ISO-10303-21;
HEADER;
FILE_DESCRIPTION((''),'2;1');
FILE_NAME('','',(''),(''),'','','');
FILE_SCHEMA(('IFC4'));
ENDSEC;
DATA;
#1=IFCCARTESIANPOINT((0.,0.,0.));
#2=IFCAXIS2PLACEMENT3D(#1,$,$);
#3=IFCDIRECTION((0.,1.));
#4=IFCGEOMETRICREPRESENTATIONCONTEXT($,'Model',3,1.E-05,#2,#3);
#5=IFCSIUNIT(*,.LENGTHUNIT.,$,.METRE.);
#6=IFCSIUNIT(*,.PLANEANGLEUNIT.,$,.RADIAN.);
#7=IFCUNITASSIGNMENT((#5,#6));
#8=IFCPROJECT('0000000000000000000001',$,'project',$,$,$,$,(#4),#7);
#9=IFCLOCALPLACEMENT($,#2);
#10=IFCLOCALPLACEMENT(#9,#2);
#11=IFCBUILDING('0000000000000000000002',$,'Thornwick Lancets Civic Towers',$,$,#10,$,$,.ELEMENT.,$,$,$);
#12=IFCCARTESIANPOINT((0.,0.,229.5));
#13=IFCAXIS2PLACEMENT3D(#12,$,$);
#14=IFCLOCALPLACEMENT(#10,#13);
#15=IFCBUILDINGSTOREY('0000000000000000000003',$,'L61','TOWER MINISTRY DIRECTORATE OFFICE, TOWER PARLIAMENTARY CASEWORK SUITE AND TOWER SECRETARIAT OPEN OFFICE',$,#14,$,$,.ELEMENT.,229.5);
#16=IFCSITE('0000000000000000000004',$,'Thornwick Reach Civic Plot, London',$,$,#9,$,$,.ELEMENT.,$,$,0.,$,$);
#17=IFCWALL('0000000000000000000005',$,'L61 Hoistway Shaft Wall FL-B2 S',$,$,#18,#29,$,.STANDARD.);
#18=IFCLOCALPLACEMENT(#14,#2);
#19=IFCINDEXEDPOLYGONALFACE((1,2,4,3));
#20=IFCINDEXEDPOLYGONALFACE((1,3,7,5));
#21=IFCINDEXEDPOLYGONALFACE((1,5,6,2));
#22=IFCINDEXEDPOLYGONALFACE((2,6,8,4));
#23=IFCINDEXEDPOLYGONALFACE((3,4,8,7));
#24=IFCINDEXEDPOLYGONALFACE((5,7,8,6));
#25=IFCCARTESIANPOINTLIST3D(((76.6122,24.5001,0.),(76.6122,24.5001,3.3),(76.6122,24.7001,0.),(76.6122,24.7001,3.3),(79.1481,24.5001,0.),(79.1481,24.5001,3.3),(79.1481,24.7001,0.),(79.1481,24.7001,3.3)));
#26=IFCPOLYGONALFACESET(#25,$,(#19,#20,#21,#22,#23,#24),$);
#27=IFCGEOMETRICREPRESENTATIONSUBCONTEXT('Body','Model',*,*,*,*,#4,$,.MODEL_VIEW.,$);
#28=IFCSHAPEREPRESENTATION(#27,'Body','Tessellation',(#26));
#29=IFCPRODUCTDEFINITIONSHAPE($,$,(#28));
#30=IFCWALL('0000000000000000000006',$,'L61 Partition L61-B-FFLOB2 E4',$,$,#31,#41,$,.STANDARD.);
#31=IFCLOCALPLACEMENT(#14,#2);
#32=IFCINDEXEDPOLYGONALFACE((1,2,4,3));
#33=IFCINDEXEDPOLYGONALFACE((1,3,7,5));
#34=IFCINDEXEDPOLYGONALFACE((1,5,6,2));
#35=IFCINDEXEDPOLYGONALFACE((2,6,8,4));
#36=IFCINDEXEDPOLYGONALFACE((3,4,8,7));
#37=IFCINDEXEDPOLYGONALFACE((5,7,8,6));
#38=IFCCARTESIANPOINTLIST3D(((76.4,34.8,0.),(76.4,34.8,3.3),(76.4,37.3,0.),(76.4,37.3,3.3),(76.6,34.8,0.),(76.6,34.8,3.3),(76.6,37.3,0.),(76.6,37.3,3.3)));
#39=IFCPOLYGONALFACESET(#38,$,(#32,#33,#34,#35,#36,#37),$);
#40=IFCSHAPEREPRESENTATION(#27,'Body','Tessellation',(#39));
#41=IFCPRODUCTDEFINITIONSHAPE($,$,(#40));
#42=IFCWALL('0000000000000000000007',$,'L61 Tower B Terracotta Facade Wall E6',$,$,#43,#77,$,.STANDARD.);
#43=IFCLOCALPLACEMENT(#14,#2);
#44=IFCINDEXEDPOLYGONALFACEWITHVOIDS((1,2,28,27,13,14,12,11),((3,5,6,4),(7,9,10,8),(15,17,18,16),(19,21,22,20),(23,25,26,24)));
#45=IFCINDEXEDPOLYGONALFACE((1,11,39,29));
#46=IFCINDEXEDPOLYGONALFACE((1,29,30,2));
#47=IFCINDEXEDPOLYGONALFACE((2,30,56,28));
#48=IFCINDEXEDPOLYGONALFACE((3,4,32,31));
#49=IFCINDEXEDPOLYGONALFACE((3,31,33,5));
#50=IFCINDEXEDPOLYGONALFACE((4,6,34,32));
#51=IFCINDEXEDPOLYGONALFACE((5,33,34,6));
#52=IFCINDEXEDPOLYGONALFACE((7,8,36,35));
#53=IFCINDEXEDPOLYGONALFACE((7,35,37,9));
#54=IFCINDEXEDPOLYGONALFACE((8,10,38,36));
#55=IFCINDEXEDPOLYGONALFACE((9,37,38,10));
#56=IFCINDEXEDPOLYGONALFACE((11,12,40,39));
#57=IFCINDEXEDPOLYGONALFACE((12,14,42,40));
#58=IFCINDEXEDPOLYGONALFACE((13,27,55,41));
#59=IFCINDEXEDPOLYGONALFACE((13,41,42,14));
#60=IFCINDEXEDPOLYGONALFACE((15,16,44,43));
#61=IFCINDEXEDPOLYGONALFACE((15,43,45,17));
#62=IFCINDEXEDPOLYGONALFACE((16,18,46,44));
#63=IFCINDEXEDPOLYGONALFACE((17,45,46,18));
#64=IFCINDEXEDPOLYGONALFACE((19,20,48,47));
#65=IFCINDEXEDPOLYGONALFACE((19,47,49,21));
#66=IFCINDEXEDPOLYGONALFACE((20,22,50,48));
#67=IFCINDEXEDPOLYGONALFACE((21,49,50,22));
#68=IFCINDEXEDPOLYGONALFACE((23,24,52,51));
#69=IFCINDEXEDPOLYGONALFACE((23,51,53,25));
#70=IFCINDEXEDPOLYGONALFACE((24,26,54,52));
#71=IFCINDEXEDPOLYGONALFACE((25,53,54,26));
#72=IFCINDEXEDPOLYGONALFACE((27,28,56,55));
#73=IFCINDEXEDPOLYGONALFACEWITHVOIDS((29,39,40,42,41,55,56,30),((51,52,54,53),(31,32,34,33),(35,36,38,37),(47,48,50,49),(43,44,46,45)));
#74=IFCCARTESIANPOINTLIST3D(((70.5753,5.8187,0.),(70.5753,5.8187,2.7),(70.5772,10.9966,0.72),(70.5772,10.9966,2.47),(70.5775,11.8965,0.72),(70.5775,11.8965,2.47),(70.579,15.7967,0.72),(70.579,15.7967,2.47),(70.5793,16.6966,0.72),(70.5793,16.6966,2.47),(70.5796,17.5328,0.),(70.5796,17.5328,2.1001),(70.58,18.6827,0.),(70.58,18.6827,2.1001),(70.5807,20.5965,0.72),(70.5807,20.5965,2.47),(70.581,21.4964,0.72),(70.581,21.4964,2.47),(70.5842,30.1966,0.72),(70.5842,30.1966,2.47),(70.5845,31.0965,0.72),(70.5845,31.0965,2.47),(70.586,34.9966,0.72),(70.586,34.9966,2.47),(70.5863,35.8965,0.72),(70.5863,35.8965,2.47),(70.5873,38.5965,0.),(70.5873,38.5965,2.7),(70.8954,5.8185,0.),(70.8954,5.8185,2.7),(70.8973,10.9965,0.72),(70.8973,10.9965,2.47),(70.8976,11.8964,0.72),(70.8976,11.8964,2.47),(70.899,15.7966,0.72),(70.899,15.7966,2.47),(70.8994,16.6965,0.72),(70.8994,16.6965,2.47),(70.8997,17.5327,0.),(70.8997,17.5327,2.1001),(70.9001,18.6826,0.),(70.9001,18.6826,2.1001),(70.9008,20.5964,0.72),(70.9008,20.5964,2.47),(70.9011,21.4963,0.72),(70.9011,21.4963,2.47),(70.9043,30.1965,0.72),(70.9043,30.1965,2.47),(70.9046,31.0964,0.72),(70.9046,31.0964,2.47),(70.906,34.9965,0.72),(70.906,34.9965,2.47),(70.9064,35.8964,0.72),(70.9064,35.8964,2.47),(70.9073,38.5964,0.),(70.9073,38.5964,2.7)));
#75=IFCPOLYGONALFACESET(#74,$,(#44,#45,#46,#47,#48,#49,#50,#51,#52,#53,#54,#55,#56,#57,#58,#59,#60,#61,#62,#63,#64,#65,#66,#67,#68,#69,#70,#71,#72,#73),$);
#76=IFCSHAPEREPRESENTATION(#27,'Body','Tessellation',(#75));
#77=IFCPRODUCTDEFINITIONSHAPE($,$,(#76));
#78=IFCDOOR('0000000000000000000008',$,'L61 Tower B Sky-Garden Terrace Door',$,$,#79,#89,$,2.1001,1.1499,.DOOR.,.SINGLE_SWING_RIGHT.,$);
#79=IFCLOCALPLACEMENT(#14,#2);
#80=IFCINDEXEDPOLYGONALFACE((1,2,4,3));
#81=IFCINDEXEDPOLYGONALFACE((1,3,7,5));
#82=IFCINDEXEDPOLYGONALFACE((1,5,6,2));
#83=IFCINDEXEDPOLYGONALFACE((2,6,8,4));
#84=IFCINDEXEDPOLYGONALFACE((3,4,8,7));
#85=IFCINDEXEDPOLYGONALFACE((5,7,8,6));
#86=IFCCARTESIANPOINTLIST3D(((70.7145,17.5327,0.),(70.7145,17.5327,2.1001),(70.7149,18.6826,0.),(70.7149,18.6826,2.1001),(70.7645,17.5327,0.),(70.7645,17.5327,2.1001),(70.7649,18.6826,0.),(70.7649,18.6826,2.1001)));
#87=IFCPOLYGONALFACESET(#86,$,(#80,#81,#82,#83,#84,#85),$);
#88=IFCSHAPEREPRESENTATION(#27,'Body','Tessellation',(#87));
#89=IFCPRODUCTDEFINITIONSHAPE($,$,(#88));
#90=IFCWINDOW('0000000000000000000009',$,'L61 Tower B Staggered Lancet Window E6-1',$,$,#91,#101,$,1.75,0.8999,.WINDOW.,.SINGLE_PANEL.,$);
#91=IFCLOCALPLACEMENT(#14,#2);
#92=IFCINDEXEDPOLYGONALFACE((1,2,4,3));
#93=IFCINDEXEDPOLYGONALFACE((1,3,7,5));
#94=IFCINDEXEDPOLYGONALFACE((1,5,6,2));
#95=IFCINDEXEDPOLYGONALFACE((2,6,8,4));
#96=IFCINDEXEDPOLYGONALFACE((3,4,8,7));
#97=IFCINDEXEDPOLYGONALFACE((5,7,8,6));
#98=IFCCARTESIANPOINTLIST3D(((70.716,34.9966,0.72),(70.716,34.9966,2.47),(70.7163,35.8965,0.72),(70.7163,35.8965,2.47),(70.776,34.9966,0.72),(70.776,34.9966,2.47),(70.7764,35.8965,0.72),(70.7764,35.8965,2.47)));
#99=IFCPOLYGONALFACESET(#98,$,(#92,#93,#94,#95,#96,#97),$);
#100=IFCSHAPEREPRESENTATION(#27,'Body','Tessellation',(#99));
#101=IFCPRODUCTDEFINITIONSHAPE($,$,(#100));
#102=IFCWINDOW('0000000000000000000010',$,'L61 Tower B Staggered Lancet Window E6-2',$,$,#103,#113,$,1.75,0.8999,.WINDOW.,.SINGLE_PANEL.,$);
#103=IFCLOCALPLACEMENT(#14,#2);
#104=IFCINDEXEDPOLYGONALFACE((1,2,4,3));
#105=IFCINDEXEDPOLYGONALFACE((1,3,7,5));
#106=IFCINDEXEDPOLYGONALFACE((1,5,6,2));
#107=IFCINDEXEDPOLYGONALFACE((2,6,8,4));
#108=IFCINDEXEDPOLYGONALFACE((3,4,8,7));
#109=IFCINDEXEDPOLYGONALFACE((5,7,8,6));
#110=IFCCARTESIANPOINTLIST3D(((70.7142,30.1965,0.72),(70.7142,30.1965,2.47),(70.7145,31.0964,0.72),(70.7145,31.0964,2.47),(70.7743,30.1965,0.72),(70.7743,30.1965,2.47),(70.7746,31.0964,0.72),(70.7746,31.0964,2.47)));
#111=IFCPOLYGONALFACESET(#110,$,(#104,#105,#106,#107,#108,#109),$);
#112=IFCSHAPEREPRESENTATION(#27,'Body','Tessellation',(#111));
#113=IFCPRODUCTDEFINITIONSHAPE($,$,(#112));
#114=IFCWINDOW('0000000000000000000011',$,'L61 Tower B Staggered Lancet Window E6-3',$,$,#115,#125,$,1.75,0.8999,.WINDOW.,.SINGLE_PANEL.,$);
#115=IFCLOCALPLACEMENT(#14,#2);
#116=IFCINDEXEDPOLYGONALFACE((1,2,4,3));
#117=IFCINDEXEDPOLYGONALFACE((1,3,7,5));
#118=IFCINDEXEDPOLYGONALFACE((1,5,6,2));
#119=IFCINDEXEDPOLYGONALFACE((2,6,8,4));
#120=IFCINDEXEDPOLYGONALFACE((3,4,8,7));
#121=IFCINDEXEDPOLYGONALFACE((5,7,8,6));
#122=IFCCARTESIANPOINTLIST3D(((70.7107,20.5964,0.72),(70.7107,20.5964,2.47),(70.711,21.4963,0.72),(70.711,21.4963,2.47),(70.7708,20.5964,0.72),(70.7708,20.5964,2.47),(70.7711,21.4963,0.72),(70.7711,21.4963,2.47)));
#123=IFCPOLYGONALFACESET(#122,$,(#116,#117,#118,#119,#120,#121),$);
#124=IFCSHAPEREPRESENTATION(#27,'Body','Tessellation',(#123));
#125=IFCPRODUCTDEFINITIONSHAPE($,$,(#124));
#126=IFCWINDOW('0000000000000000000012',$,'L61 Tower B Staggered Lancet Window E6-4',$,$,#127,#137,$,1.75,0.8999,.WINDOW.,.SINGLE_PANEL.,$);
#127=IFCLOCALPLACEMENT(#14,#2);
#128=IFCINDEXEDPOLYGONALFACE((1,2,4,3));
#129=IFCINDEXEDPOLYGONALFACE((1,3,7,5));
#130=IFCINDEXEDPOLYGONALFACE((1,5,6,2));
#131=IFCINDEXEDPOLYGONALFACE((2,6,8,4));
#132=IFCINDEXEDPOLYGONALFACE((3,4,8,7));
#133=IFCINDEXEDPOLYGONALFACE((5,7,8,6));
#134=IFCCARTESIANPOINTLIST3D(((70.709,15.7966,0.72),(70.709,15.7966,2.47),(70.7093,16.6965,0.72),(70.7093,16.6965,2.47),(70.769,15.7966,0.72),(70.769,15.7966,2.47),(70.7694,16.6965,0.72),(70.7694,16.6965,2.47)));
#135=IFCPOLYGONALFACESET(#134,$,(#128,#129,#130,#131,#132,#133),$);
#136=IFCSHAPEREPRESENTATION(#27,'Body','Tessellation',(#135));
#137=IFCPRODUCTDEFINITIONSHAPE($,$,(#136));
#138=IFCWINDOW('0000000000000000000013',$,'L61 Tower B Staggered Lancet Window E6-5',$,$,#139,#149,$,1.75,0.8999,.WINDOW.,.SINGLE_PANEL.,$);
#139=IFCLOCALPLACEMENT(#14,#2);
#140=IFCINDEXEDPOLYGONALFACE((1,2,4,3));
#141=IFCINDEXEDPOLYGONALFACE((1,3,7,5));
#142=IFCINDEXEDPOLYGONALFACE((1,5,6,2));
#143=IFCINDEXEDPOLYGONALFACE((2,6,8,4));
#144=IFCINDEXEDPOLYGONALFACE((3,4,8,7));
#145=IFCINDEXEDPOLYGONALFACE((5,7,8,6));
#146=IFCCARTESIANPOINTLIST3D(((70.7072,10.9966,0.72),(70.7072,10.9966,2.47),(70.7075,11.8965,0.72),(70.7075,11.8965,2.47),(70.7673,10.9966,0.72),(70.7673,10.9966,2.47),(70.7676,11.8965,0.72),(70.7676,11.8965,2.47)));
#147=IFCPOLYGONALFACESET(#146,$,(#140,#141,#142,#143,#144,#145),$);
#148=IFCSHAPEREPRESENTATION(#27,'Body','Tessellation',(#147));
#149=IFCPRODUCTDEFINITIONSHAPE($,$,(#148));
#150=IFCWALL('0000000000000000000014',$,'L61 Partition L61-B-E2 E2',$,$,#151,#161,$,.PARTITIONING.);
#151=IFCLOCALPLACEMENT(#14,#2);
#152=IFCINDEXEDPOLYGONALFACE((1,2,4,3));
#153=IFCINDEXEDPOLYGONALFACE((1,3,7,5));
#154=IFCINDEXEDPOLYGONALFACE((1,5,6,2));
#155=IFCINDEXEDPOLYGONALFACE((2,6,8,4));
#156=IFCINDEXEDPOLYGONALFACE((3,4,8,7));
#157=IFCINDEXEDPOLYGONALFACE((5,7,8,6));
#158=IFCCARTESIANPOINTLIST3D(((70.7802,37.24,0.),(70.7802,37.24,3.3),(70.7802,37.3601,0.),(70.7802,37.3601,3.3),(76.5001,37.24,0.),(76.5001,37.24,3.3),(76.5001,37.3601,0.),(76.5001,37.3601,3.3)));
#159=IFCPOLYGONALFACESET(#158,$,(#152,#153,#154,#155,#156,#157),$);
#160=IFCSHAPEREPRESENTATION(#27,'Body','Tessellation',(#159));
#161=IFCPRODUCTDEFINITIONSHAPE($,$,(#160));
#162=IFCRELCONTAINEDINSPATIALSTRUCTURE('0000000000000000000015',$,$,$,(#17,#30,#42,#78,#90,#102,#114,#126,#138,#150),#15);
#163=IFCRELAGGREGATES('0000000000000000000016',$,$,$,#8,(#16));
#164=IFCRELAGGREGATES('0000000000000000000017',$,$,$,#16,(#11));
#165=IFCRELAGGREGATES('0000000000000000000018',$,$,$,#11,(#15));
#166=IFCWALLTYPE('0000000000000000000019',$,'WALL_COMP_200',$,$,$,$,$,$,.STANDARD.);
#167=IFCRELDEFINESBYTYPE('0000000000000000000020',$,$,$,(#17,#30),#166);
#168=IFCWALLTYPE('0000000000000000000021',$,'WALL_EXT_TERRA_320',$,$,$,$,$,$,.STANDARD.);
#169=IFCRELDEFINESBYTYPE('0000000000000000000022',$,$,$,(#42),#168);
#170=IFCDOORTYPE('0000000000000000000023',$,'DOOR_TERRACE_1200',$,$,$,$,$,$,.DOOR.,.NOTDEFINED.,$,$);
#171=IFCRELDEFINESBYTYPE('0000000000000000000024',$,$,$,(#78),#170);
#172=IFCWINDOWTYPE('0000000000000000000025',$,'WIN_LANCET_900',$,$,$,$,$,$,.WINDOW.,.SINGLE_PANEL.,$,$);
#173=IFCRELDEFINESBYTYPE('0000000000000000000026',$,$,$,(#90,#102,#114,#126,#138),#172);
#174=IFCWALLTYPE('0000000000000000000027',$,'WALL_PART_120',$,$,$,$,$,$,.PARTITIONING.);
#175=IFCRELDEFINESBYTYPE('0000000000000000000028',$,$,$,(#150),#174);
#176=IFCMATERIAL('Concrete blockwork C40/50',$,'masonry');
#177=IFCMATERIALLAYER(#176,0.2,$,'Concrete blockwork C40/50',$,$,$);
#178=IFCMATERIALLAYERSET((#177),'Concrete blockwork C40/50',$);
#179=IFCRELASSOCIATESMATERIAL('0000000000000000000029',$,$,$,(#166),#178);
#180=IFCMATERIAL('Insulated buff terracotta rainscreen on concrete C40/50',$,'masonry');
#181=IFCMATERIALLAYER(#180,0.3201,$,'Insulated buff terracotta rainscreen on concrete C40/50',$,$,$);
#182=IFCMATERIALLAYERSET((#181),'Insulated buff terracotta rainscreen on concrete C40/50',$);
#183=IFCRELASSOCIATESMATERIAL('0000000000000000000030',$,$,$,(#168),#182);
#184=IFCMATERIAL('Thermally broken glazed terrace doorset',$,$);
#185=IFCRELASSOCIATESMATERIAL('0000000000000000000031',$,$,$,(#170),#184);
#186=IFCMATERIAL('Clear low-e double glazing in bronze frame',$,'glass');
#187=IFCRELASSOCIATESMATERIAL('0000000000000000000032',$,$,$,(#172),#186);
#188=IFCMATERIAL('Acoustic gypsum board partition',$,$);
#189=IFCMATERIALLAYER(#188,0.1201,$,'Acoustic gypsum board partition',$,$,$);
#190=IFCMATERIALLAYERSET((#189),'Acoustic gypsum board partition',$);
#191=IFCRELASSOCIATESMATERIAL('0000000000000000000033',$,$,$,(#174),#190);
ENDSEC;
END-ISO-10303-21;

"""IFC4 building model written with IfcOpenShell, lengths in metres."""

from ifc_helpers import new_model, si_unit, direction, frame, frame_2d, origin, place, context, subcontext, project, spatial, rectangle, extrude, material, layer, layer_set, type_object, element, fill, save


model = new_model("IFC4")

# Units and contexts
model_context = context("Model", 3, precision=1e-05, world=origin(), true_north=direction((0.0, 1.0)))
body_context = subcontext(model_context, "Body", "Model", "MODEL_VIEW")
ifc_project = project(units=[si_unit("LENGTHUNIT", "METRE"), si_unit("PLANEANGLEUNIT", "RADIAN")], contexts=[model_context])

# Site, building, storey
site_placement = place(None, origin())
site = spatial("IfcSite", under=ifc_project, at=site_placement, Name="Thornwick Reach Civic Plot, London", CompositionType="ELEMENT", RefElevation=0.0)
building_placement = place(site_placement, origin())
building = spatial("IfcBuilding", under=site, at=building_placement, Name="Thornwick Lancets Civic Towers", CompositionType="ELEMENT")
storey_placement = place(building_placement, frame((0.0, 0.0, 229.5)))
storey = spatial("IfcBuildingStorey", under=building, at=storey_placement, Name="L61", Description="TOWER MINISTRY DIRECTORATE OFFICE, TOWER PARLIAMENTARY CASEWORK SUITE AND TOWER SECRETARIAT OPEN OFFICE", CompositionType="ELEMENT", Elevation=229.5)

# Walls
ifc_material_1 = material(Name="Concrete blockwork C40/50", Category="masonry")
ifc_layer_1 = layer(ifc_material_1, 0.2, Name="Concrete blockwork C40/50")
ifc_layer_set_1 = layer_set([ifc_layer_1], Name="Concrete blockwork C40/50")
wall_type_1 = type_object("IfcWallType", Name="WALL_COMP_200", PredefinedType="STANDARD", material=ifc_layer_set_1)
for number, where, z_axis, x_axis, name in (
    (1, (76.6121, 24.6001, 0.0), (0.0, 0.0, 1.0), (1.0, 0.0, 0.0), "L61 Hoistway Shaft Wall FL-B2 S"),
):
    element("IfcWall", number, at=place(storey_placement, frame(where, z_axis=z_axis, x_axis=x_axis)), inside=storey, type_object=wall_type_1, Name=name, PredefinedType="STANDARD", context=body_context, shape_type="SweptSolid", body=[
        extrude(rectangle(XDim=2.5359, YDim=0.2, at=frame_2d((1.2681, 0.0))), origin(), (0.0, 0.0, 1.0), 3.3),
    ])
wall_1_placement = place(storey_placement, frame((76.5, 37.3, 0.0), z_axis=(0.0, 0.0, 1.0), x_axis=(0.0, -1.0, 0.0)))
element("IfcWall", 2, at=wall_1_placement, inside=storey, type_object=wall_type_1, Name="L61 Partition L61-B-FFLOB2 E4", PredefinedType="STANDARD", context=body_context, shape_type="SweptSolid", body=[
    extrude(rectangle(XDim=2.5, YDim=0.2, at=frame_2d((1.25, 0.0))), origin(), (0.0, 0.0, 1.0), 3.3),
])

# Wall, openings, door, windows
ifc_material_2 = material(Name="Insulated buff terracotta rainscreen on concrete C40/50", Category="masonry")
ifc_layer_2 = layer(ifc_material_2, 0.3201, Name="Insulated buff terracotta rainscreen on concrete C40/50")
ifc_layer_set_2 = layer_set([ifc_layer_2], Name="Insulated buff terracotta rainscreen on concrete C40/50")
wall_type_2 = type_object("IfcWallType", Name="WALL_EXT_TERRA_320", PredefinedType="STANDARD", material=ifc_layer_set_2)
wall_2_placement = place(storey_placement, frame((70.7473, 38.5964, 0.0), z_axis=(0.0, 0.0, 1.0), x_axis=(-0.000365, -1.0, 0.0)))
wall_2 = element("IfcWall", 3, at=wall_2_placement, inside=storey, type_object=wall_type_2, Name="L61 Tower B Terracotta Facade Wall E6", PredefinedType="STANDARD", context=body_context, shape_type="SweptSolid", body=[
    extrude(rectangle(XDim=32.7778, YDim=0.3201, at=frame_2d((16.3889, 0.0))), origin(), (0.0, 0.0, 1.0), 2.7),
])
opening_1_placement = place(wall_2_placement, frame((19.9138, 0.0, 0.0)))
opening_1 = element("IfcOpeningElement", 4, at=opening_1_placement, cuts=wall_2, PredefinedType="OPENING", context=body_context, shape_type="SweptSolid", body=[
    extrude(rectangle(XDim=1.1499, YDim=2.1001, at=frame_2d((0.575, 1.05))), frame((0.0, 0.1699, 0.0), z_axis=(0.0, -1.0, 0.0), x_axis=(1.0, 0.0, 0.0)), (0.0, 0.0, 1.0), 0.3401),
])
opening_2_placement = place(wall_2_placement, frame((2.7, 0.0, 0.72)))
opening_2 = element("IfcOpeningElement", 5, at=opening_2_placement, cuts=wall_2, PredefinedType="OPENING", context=body_context, shape_type="SweptSolid", body=[
    extrude(rectangle(XDim=0.8999, YDim=1.75, at=frame_2d((0.45, 0.875))), frame((0.0, 0.1699, 0.0), z_axis=(0.0, -1.0, 0.0), x_axis=(1.0, 0.0, 0.0)), (0.0, 0.0, 1.0), 0.3401),
])
opening_3_placement = place(wall_2_placement, frame((7.5, 0.0, 0.72)))
opening_3 = element("IfcOpeningElement", 6, at=opening_3_placement, cuts=wall_2, PredefinedType="OPENING", context=body_context, shape_type="SweptSolid", body=[
    extrude(rectangle(XDim=0.8999, YDim=1.75, at=frame_2d((0.45, 0.875))), frame((0.0, 0.1699, 0.0), z_axis=(0.0, -1.0, 0.0), x_axis=(1.0, 0.0, 0.0)), (0.0, 0.0, 1.0), 0.3401),
])
opening_4_placement = place(wall_2_placement, frame((17.1001, 0.0, 0.72)))
opening_4 = element("IfcOpeningElement", 7, at=opening_4_placement, cuts=wall_2, PredefinedType="OPENING", context=body_context, shape_type="SweptSolid", body=[
    extrude(rectangle(XDim=0.8999, YDim=1.75, at=frame_2d((0.45, 0.875))), frame((0.0, 0.1699, 0.0), z_axis=(0.0, -1.0, 0.0), x_axis=(1.0, 0.0, 0.0)), (0.0, 0.0, 1.0), 0.3401),
])
opening_5_placement = place(wall_2_placement, frame((21.8999, 0.0, 0.72)))
opening_5 = element("IfcOpeningElement", 8, at=opening_5_placement, cuts=wall_2, PredefinedType="OPENING", context=body_context, shape_type="SweptSolid", body=[
    extrude(rectangle(XDim=0.8999, YDim=1.75, at=frame_2d((0.45, 0.875))), frame((0.0, 0.1699, 0.0), z_axis=(0.0, -1.0, 0.0), x_axis=(1.0, 0.0, 0.0)), (0.0, 0.0, 1.0), 0.3401),
])
opening_6_placement = place(wall_2_placement, frame((26.7, 0.0, 0.72)))
opening_6 = element("IfcOpeningElement", 9, at=opening_6_placement, cuts=wall_2, PredefinedType="OPENING", context=body_context, shape_type="SweptSolid", body=[
    extrude(rectangle(XDim=0.8999, YDim=1.75, at=frame_2d((0.45, 0.875))), frame((0.0, 0.1699, 0.0), z_axis=(0.0, -1.0, 0.0), x_axis=(1.0, 0.0, 0.0)), (0.0, 0.0, 1.0), 0.3401),
])
ifc_material_3 = material(Name="Thermally broken glazed terrace doorset")
door_type_1 = type_object("IfcDoorType", Name="DOOR_TERRACE_1200", OperationType="NOTDEFINED", PredefinedType="DOOR", material=ifc_material_3)
door_1_placement = place(opening_1_placement, origin())
door_1 = element("IfcDoor", 10, at=door_1_placement, inside=storey, type_object=door_type_1, Name="L61 Tower B Sky-Garden Terrace Door", OperationType="SINGLE_SWING_RIGHT", OverallHeight=2.1001, OverallWidth=1.1499, PredefinedType="DOOR", context=body_context, shape_type="SweptSolid", body=[
    extrude(rectangle(XDim=1.1499, YDim=2.1001, at=frame_2d((0.575, 1.05))), frame((0.0, 0.0249, 0.0), z_axis=(0.0, -1.0, 0.0), x_axis=(1.0, 0.0, 0.0)), (0.0, 0.0, 1.0), 0.05),
])
fill(opening_1, door_1)
ifc_material_4 = material(Name="Clear low-e double glazing in bronze frame", Category="glass")
window_type = type_object("IfcWindowType", Name="WIN_LANCET_900", PartitioningType="SINGLE_PANEL", PredefinedType="WINDOW", material=ifc_material_4)
window_1_placement = place(opening_2_placement, origin())
window_1 = element("IfcWindow", 11, at=window_1_placement, inside=storey, type_object=window_type, Name="L61 Tower B Staggered Lancet Window E6-1", OverallHeight=1.75, OverallWidth=0.8999, PartitioningType="SINGLE_PANEL", PredefinedType="WINDOW", context=body_context, shape_type="SweptSolid", body=[
    extrude(rectangle(XDim=0.8999, YDim=1.75, at=frame_2d((0.45, 0.875))), frame((0.0, 0.03, 0.0), z_axis=(0.0, -1.0, 0.0), x_axis=(1.0, 0.0, 0.0)), (0.0, 0.0, 1.0), 0.0601),
])
fill(opening_2, window_1)
window_2_placement = place(opening_3_placement, origin())
window_2 = element("IfcWindow", 12, at=window_2_placement, inside=storey, type_object=window_type, Name="L61 Tower B Staggered Lancet Window E6-2", OverallHeight=1.75, OverallWidth=0.8999, PartitioningType="SINGLE_PANEL", PredefinedType="WINDOW", context=body_context, shape_type="SweptSolid", body=[
    extrude(rectangle(XDim=0.8999, YDim=1.75, at=frame_2d((0.45, 0.875))), frame((0.0, 0.03, 0.0), z_axis=(0.0, -1.0, 0.0), x_axis=(1.0, 0.0, 0.0)), (0.0, 0.0, 1.0), 0.0601),
])
fill(opening_3, window_2)
window_3_placement = place(opening_4_placement, origin())
window_3 = element("IfcWindow", 13, at=window_3_placement, inside=storey, type_object=window_type, Name="L61 Tower B Staggered Lancet Window E6-3", OverallHeight=1.75, OverallWidth=0.8999, PartitioningType="SINGLE_PANEL", PredefinedType="WINDOW", context=body_context, shape_type="SweptSolid", body=[
    extrude(rectangle(XDim=0.8999, YDim=1.75, at=frame_2d((0.45, 0.875))), frame((0.0, 0.03, 0.0), z_axis=(0.0, -1.0, 0.0), x_axis=(1.0, 0.0, 0.0)), (0.0, 0.0, 1.0), 0.0601),
])
fill(opening_4, window_3)
window_4_placement = place(opening_5_placement, origin())
window_4 = element("IfcWindow", 14, at=window_4_placement, inside=storey, type_object=window_type, Name="L61 Tower B Staggered Lancet Window E6-4", OverallHeight=1.75, OverallWidth=0.8999, PartitioningType="SINGLE_PANEL", PredefinedType="WINDOW", context=body_context, shape_type="SweptSolid", body=[
    extrude(rectangle(XDim=0.8999, YDim=1.75, at=frame_2d((0.45, 0.875))), frame((0.0, 0.03, 0.0), z_axis=(0.0, -1.0, 0.0), x_axis=(1.0, 0.0, 0.0)), (0.0, 0.0, 1.0), 0.0601),
])
fill(opening_5, window_4)
window_5_placement = place(opening_6_placement, origin())
window_5 = element("IfcWindow", 15, at=window_5_placement, inside=storey, type_object=window_type, Name="L61 Tower B Staggered Lancet Window E6-5", OverallHeight=1.75, OverallWidth=0.8999, PartitioningType="SINGLE_PANEL", PredefinedType="WINDOW", context=body_context, shape_type="SweptSolid", body=[
    extrude(rectangle(XDim=0.8999, YDim=1.75, at=frame_2d((0.45, 0.875))), frame((0.0, 0.03, 0.0), z_axis=(0.0, -1.0, 0.0), x_axis=(1.0, 0.0, 0.0)), (0.0, 0.0, 1.0), 0.0601),
])
fill(opening_6, window_5)

# Wall
ifc_material_5 = material(Name="Acoustic gypsum board partition")
ifc_layer_3 = layer(ifc_material_5, 0.1201, Name="Acoustic gypsum board partition")
ifc_layer_set_3 = layer_set([ifc_layer_3], Name="Acoustic gypsum board partition")
wall_type_3 = type_object("IfcWallType", Name="WALL_PART_120", PredefinedType="PARTITIONING", material=ifc_layer_set_3)
wall_3_placement = place(storey_placement, frame((76.5, 37.3, 0.0), z_axis=(0.0, 0.0, 1.0), x_axis=(-1.0, 0.0, 0.0)))
element("IfcWall", 16, at=wall_3_placement, inside=storey, type_object=wall_type_3, Name="L61 Partition L61-B-E2 E2", PredefinedType="PARTITIONING", context=body_context, shape_type="SweptSolid", body=[
    extrude(rectangle(XDim=5.72, YDim=0.1201, at=frame_2d((2.8599, 0.0))), origin(), (0.0, 0.0, 1.0), 3.3),
])

save(model, "model.ifc")
